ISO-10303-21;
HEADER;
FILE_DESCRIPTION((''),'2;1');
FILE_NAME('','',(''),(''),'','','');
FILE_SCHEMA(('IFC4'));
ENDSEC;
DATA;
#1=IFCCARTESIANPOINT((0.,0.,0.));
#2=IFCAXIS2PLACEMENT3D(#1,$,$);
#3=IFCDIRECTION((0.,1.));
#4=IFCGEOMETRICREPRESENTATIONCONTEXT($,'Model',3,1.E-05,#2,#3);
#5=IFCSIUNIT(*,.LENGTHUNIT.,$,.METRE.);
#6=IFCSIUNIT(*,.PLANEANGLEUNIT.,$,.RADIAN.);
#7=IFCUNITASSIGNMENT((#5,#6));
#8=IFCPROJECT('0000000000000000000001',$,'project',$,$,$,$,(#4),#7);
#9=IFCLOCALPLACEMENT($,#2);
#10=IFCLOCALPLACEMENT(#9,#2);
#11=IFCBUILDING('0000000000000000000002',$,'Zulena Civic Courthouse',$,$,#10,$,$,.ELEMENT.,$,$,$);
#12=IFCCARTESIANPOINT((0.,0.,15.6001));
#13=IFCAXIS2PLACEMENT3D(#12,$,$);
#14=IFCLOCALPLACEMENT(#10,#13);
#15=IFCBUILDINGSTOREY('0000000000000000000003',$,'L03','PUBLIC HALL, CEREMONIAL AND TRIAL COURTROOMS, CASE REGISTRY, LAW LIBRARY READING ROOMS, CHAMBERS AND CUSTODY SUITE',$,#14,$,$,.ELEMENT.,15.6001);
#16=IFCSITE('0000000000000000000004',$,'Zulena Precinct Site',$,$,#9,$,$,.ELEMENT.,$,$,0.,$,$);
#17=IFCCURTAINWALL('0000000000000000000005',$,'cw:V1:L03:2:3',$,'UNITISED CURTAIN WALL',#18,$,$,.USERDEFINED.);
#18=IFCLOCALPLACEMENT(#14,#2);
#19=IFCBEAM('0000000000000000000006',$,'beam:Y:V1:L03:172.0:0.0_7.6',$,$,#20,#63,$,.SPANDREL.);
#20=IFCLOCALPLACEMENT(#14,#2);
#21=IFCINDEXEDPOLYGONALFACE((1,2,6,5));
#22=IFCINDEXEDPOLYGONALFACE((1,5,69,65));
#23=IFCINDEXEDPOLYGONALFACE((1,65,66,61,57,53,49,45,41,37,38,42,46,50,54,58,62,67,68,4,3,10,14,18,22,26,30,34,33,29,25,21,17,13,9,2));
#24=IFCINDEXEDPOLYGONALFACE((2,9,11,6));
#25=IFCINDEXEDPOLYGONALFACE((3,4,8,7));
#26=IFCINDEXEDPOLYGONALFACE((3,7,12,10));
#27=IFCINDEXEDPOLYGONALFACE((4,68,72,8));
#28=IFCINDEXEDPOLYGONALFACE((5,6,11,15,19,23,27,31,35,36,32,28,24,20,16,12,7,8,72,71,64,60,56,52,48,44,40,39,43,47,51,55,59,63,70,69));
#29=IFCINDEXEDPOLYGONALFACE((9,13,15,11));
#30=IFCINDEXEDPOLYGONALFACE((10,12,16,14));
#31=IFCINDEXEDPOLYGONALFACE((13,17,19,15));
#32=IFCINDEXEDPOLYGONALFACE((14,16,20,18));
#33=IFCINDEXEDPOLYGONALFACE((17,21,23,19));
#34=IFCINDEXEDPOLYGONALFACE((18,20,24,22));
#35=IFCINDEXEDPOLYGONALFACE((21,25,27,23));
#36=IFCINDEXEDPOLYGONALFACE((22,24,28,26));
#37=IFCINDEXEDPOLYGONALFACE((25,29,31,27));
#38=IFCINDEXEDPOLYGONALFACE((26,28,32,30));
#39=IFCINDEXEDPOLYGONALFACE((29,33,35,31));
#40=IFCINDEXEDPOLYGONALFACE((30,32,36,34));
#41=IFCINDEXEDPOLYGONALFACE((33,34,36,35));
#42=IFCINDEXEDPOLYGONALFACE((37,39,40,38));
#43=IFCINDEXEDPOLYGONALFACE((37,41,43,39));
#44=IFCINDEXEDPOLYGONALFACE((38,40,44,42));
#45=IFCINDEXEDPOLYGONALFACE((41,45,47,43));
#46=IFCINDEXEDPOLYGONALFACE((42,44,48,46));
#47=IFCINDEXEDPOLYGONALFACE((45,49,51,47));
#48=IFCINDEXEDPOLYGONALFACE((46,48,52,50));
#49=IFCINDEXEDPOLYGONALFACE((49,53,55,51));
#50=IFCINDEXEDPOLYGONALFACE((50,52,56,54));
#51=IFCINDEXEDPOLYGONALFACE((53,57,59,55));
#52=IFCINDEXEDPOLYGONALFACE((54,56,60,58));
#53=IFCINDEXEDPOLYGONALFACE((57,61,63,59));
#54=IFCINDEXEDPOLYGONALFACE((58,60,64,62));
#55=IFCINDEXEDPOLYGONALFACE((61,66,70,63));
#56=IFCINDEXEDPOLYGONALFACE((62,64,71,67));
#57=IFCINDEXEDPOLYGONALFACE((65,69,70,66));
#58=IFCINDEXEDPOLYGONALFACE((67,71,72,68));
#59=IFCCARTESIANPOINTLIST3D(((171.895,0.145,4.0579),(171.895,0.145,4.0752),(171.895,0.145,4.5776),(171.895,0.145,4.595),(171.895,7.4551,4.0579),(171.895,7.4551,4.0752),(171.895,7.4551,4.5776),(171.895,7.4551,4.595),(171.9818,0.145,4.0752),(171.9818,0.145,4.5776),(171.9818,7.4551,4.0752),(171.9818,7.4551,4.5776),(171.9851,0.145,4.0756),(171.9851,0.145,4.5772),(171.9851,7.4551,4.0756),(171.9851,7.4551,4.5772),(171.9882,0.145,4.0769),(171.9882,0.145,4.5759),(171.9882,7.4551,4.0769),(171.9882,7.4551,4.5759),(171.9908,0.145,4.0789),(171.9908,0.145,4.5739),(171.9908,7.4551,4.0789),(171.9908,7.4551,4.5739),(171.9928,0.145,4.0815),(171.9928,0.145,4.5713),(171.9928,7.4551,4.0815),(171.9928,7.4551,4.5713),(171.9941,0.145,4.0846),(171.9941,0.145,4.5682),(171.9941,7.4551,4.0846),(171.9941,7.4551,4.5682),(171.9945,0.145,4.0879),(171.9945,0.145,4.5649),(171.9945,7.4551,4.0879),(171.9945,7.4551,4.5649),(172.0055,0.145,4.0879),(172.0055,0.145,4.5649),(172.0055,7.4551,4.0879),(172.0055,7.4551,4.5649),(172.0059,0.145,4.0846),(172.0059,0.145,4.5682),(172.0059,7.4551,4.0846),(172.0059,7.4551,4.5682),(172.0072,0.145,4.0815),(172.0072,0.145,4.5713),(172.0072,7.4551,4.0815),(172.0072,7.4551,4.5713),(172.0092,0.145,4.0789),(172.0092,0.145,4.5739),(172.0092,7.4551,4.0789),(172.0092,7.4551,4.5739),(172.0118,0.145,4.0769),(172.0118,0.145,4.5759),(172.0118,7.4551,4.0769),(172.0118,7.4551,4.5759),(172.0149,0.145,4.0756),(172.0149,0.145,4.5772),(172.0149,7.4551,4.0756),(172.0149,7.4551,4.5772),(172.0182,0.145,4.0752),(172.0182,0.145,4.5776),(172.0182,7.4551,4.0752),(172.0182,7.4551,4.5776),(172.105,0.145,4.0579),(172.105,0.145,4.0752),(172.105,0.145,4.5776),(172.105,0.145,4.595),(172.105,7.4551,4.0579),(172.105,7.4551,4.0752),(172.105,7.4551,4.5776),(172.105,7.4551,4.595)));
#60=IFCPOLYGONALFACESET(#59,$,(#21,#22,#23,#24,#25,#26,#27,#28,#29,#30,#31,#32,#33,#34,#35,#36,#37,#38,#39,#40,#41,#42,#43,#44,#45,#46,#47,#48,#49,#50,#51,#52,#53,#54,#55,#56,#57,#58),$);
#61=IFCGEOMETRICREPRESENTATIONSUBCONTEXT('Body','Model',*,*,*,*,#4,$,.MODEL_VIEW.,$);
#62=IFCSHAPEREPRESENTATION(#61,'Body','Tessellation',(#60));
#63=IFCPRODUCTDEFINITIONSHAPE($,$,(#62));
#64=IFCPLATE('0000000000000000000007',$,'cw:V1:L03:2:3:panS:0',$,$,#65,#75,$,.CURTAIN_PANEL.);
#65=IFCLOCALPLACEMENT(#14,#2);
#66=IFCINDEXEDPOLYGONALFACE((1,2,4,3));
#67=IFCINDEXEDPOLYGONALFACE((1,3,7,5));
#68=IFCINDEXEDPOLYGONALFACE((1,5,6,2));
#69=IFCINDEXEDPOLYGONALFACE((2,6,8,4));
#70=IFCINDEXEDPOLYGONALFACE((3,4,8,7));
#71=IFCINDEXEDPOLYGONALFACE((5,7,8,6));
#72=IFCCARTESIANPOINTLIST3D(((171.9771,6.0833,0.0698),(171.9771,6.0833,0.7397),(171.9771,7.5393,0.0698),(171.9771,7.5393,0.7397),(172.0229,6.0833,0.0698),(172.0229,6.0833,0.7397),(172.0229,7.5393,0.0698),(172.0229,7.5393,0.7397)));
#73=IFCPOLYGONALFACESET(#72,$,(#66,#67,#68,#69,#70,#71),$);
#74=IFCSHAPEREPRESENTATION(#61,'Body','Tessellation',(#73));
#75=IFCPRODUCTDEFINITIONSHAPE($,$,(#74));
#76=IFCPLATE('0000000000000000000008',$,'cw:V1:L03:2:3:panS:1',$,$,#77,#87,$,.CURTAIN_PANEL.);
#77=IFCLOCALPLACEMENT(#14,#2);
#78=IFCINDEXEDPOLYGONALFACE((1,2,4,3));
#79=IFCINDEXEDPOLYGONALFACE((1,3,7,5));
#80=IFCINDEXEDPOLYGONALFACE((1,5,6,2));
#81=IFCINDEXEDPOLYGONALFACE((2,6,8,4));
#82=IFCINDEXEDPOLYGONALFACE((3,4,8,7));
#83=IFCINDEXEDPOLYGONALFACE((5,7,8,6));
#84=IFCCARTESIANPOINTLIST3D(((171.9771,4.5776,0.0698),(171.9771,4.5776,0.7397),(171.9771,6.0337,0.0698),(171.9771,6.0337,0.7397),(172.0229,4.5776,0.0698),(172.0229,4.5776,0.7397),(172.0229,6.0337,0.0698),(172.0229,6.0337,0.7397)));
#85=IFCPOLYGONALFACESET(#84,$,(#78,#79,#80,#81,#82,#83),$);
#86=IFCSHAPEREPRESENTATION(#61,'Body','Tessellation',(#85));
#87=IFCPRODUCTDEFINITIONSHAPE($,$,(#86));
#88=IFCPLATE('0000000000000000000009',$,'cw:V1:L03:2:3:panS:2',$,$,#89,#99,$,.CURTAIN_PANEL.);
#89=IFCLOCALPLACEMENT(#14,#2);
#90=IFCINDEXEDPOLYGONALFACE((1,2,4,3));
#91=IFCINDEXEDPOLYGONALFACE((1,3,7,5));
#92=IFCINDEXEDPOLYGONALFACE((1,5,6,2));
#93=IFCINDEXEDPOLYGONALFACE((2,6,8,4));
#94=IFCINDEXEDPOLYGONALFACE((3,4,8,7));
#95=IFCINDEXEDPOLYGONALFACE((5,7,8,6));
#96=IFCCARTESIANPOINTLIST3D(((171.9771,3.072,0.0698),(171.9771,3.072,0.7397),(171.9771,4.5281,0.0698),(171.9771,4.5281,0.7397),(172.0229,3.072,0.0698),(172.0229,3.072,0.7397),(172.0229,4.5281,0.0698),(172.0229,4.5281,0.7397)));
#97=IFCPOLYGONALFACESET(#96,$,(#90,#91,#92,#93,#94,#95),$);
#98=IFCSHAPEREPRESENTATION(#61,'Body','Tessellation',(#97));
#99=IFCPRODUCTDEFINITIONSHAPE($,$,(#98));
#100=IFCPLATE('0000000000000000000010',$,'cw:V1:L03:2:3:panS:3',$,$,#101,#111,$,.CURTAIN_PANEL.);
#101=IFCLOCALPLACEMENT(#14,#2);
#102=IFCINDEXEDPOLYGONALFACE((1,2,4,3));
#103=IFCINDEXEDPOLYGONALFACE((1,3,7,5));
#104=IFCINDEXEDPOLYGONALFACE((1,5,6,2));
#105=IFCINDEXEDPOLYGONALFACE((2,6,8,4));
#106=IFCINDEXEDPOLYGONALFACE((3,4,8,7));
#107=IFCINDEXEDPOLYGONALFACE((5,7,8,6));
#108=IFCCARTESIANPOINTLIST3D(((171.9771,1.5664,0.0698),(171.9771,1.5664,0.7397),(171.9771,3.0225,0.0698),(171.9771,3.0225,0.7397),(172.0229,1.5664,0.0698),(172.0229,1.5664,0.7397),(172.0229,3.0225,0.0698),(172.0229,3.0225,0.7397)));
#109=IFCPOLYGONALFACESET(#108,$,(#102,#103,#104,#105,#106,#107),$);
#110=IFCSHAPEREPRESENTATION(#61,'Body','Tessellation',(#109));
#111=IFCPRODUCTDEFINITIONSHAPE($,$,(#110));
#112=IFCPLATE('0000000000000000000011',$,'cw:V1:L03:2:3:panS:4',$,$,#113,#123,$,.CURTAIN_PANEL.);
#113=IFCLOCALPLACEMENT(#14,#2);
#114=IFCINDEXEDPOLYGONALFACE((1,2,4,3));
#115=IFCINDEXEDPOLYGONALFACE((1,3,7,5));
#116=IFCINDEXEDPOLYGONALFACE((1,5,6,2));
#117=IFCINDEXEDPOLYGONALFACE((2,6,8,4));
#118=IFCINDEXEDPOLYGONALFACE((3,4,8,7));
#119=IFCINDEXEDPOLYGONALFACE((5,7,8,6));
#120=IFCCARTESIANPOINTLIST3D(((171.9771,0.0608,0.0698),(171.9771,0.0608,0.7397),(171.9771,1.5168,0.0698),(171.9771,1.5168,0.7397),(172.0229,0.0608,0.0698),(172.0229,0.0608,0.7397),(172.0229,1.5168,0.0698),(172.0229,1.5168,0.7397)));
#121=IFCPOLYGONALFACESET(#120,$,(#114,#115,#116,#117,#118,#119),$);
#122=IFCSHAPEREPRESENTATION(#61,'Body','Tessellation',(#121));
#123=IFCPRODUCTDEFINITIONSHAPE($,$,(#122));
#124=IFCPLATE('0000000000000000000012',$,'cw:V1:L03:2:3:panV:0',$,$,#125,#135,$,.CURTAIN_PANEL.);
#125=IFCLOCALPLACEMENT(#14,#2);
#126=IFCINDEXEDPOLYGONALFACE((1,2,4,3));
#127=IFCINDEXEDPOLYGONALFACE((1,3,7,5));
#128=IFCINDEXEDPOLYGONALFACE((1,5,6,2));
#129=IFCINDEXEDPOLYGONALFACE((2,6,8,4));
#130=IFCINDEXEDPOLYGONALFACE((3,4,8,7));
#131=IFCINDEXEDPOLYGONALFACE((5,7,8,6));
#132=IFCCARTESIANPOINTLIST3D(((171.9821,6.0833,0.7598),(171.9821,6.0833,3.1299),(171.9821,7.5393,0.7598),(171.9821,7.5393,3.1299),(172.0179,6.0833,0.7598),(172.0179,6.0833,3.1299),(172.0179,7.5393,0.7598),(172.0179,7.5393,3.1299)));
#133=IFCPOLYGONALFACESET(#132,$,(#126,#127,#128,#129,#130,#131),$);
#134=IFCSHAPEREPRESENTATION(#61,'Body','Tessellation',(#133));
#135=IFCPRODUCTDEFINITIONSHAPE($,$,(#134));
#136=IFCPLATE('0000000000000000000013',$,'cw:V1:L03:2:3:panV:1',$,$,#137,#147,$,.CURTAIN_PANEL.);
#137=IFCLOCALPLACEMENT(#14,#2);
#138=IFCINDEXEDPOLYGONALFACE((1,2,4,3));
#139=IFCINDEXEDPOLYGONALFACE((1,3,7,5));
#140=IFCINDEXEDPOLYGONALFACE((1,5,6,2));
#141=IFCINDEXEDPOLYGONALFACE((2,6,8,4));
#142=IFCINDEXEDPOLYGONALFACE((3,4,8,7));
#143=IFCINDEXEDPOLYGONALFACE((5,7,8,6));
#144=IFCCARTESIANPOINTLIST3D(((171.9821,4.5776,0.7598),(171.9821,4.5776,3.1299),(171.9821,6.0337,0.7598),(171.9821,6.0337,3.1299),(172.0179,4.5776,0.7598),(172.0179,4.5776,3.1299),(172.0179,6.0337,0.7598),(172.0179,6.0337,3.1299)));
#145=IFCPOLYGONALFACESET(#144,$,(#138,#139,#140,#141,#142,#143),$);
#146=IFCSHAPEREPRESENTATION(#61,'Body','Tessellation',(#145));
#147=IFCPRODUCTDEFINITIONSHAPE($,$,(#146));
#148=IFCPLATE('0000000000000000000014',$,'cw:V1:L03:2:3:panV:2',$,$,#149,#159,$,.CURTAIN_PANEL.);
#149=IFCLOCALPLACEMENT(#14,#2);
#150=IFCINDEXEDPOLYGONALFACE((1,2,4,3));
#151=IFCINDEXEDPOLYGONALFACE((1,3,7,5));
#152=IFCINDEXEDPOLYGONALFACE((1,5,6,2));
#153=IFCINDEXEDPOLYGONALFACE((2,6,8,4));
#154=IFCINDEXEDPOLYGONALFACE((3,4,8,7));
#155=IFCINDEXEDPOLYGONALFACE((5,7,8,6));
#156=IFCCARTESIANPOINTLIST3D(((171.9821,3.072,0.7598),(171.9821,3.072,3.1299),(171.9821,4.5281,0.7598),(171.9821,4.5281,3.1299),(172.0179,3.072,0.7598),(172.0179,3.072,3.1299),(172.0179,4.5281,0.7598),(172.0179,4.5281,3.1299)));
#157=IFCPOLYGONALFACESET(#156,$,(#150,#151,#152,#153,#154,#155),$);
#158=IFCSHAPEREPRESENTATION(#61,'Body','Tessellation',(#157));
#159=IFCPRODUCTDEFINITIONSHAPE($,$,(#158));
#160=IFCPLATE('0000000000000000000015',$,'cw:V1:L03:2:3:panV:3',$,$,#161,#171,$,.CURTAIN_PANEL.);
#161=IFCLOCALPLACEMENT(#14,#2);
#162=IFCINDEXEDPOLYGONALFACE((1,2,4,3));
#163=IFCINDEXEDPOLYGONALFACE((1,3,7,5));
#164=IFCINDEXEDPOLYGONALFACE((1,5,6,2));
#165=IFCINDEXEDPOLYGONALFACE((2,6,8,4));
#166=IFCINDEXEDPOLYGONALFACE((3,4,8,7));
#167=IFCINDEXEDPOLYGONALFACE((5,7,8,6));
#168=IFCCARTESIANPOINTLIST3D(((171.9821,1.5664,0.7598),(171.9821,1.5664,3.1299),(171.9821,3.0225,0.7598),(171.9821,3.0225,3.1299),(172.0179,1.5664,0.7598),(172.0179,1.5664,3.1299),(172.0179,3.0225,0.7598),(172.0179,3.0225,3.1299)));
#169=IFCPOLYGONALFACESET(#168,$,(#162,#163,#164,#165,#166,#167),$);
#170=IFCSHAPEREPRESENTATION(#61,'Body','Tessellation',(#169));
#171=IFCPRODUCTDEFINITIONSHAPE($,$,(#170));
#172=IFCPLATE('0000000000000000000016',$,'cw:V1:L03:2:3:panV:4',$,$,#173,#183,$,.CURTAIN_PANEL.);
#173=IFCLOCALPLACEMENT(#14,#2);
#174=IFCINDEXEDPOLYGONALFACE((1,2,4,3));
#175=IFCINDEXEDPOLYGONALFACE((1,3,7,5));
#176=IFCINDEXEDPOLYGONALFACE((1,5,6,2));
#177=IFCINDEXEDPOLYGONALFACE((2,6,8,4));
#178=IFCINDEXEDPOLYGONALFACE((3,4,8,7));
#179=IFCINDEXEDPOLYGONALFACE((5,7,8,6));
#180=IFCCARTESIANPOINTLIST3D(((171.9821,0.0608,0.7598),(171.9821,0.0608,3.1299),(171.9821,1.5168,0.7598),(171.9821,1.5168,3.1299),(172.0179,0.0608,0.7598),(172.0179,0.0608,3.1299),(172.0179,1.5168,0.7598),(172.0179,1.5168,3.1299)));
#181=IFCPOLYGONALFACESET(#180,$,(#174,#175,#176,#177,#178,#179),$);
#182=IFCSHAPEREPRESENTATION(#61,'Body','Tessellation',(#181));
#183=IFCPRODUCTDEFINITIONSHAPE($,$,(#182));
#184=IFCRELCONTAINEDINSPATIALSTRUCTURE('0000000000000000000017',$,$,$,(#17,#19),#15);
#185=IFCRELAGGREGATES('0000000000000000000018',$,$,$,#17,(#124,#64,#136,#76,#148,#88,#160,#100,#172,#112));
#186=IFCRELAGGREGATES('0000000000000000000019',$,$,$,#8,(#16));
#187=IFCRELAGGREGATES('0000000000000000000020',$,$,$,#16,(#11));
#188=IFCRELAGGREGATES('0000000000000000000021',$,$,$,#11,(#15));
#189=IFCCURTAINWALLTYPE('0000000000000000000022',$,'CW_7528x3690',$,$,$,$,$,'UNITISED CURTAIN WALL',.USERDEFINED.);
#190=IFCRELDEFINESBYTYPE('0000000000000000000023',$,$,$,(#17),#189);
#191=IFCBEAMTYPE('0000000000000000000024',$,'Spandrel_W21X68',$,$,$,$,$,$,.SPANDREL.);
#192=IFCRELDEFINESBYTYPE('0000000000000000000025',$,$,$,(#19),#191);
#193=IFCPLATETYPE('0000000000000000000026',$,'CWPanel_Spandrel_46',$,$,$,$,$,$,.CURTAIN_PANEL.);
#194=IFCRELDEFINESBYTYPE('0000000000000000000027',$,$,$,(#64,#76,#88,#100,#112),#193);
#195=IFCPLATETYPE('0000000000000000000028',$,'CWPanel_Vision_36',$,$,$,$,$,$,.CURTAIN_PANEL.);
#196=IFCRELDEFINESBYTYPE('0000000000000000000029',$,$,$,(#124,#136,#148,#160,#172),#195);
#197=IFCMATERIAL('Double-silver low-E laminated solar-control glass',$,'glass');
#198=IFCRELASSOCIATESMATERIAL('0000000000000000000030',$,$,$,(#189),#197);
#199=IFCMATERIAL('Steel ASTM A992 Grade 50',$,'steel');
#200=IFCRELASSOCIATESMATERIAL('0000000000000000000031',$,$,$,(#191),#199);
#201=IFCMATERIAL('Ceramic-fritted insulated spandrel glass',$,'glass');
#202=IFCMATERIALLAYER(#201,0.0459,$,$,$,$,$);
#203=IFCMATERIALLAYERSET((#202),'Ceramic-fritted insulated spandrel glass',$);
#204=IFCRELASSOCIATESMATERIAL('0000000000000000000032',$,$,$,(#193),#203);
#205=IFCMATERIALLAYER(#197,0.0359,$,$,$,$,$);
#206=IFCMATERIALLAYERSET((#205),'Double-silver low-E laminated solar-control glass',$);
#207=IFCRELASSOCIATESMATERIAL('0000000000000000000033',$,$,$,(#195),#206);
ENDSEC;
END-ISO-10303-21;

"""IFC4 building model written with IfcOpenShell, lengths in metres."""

from ifc_helpers import new_model, si_unit, direction, frame, origin, origin_2d, place, context, subcontext, project, spatial, rectangle, i_section, extrude, material, layer, layer_set, material_profile, profile_set, type_object, element, aggregate, save


model = new_model("IFC4")

# Units and contexts
model_context = context("Model", 3, precision=1e-05, world=origin(), true_north=direction((0.0, 1.0)))
body_context = subcontext(model_context, "Body", "Model", "MODEL_VIEW")
ifc_project = project(units=[si_unit("LENGTHUNIT", "METRE"), si_unit("PLANEANGLEUNIT", "RADIAN")], contexts=[model_context])

# Site, building, storey
site_placement = place(None, origin())
site = spatial("IfcSite", under=ifc_project, at=site_placement, Name="Zulena Precinct Site", CompositionType="ELEMENT", RefElevation=0.0)
building_placement = place(site_placement, origin())
building = spatial("IfcBuilding", under=site, at=building_placement, Name="Zulena Civic Courthouse", CompositionType="ELEMENT")
storey_placement = place(building_placement, frame((0.0, 0.0, 15.6001)))
storey = spatial("IfcBuildingStorey", under=building, at=storey_placement, Name="L03", Description="PUBLIC HALL, CEREMONIAL AND TRIAL COURTROOMS, CASE REGISTRY, LAW LIBRARY READING ROOMS, CHAMBERS AND CUSTODY SUITE", CompositionType="ELEMENT", Elevation=15.6001)

# Shared definitions
ifc_material_1 = material(Name="Steel ASTM A992 Grade 50", Category="steel")

# Curtain wall
ifc_material_2 = material(Name="Double-silver low-E laminated solar-control glass", Category="glass")
curtain_wall_type_1 = type_object("IfcCurtainWallType", Name="CW_7528x3690", ElementType="UNITISED CURTAIN WALL", PredefinedType="USERDEFINED", material=ifc_material_2)
curtain_wall_1_placement = place(storey_placement, origin())
curtain_wall_1 = element("IfcCurtainWall", 1, at=curtain_wall_1_placement, inside=storey, type_object=curtain_wall_type_1, Name="cw:V1:L03:2:3", ObjectType="UNITISED CURTAIN WALL", PredefinedType="USERDEFINED")

# Beam
ifc_material_profile_1 = material_profile(ifc_material_1, i_section(OverallWidth=0.21, OverallDepth=0.5371, WebThickness=0.011, FlangeThickness=0.0173, FilletRadius=0.0127, at=origin_2d()), Name="W21X68")
ifc_profile_set_1 = profile_set([ifc_material_profile_1], Name="Steel ASTM A992 Grade 50")
beam_type = type_object("IfcBeamType", Name="Spandrel_W21X68", PredefinedType="SPANDREL", material=ifc_profile_set_1)
for number, where, z_axis, x_axis, name in (
    (2, (172.0, 0.145, 4.3264), (0.0, 1.0, 0.0), (-1.0, 0.0, 0.0), "beam:Y:V1:L03:172.0:0.0_7.6"),
):
    element("IfcBeam", number, at=place(storey_placement, frame(where, z_axis=z_axis, x_axis=x_axis)), inside=storey, type_object=beam_type, Name=name, PredefinedType="SPANDREL", context=body_context, shape_type="SweptSolid", body=[
        extrude(i_section(OverallWidth=0.21, OverallDepth=0.5371, WebThickness=0.011, FlangeThickness=0.0173, FilletRadius=0.0127, at=origin_2d()), origin(), (0.0, 0.0, 1.0), 7.3101),
    ])

# Plates
ifc_material_3 = material(Name="Ceramic-fritted insulated spandrel glass", Category="glass")
ifc_layer_1 = layer(ifc_material_3, 0.0459)
ifc_layer_set_1 = layer_set([ifc_layer_1], Name="Ceramic-fritted insulated spandrel glass")
plate_type_1 = type_object("IfcPlateType", Name="CWPanel_Spandrel_46", PredefinedType="CURTAIN_PANEL", material=ifc_layer_set_1)
plate_1_placement = place(storey_placement, frame((172.0, 6.8113, 0.0698), z_axis=(0.0, 0.0, 1.0), x_axis=(0.0, -1.0, 0.0)))
plate_1 = element("IfcPlate", 3, at=plate_1_placement, type_object=plate_type_1, Name="cw:V1:L03:2:3:panS:0", PredefinedType="CURTAIN_PANEL", context=body_context, shape_type="SweptSolid", body=[
    extrude(rectangle(XDim=1.4561, YDim=0.0459, at=origin_2d()), origin(), (0.0, 0.0, 1.0), 0.6699),
])
plate_2_placement = place(storey_placement, frame((172.0, 5.3057, 0.0698), z_axis=(0.0, 0.0, 1.0), x_axis=(0.0, -1.0, 0.0)))
plate_2 = element("IfcPlate", 4, at=plate_2_placement, type_object=plate_type_1, Name="cw:V1:L03:2:3:panS:1", PredefinedType="CURTAIN_PANEL", context=body_context, shape_type="SweptSolid", body=[
    extrude(rectangle(XDim=1.4561, YDim=0.0459, at=origin_2d()), origin(), (0.0, 0.0, 1.0), 0.6699),
])
plate_3_placement = place(storey_placement, frame((172.0, 3.8, 0.0698), z_axis=(0.0, 0.0, 1.0), x_axis=(0.0, -1.0, 0.0)))
plate_3 = element("IfcPlate", 5, at=plate_3_placement, type_object=plate_type_1, Name="cw:V1:L03:2:3:panS:2", PredefinedType="CURTAIN_PANEL", context=body_context, shape_type="SweptSolid", body=[
    extrude(rectangle(XDim=1.4561, YDim=0.0459, at=origin_2d()), origin(), (0.0, 0.0, 1.0), 0.6699),
])
plate_4_placement = place(storey_placement, frame((172.0, 2.2944, 0.0698), z_axis=(0.0, 0.0, 1.0), x_axis=(0.0, -1.0, 0.0)))
plate_4 = element("IfcPlate", 6, at=plate_4_placement, type_object=plate_type_1, Name="cw:V1:L03:2:3:panS:3", PredefinedType="CURTAIN_PANEL", context=body_context, shape_type="SweptSolid", body=[
    extrude(rectangle(XDim=1.4561, YDim=0.0459, at=origin_2d()), origin(), (0.0, 0.0, 1.0), 0.6699),
])
plate_5_placement = place(storey_placement, frame((172.0, 0.7888, 0.0698), z_axis=(0.0, 0.0, 1.0), x_axis=(0.0, -1.0, 0.0)))
plate_5 = element("IfcPlate", 7, at=plate_5_placement, type_object=plate_type_1, Name="cw:V1:L03:2:3:panS:4", PredefinedType="CURTAIN_PANEL", context=body_context, shape_type="SweptSolid", body=[
    extrude(rectangle(XDim=1.4561, YDim=0.0459, at=origin_2d()), origin(), (0.0, 0.0, 1.0), 0.6699),
])
ifc_layer_2 = layer(ifc_material_2, 0.0359)
ifc_layer_set_2 = layer_set([ifc_layer_2], Name="Double-silver low-E laminated solar-control glass")
plate_type_2 = type_object("IfcPlateType", Name="CWPanel_Vision_36", PredefinedType="CURTAIN_PANEL", material=ifc_layer_set_2)
plate_6_placement = place(storey_placement, frame((172.0, 6.8113, 0.7598), z_axis=(0.0, 0.0, 1.0), x_axis=(0.0, -1.0, 0.0)))
plate_6 = element("IfcPlate", 8, at=plate_6_placement, type_object=plate_type_2, Name="cw:V1:L03:2:3:panV:0", PredefinedType="CURTAIN_PANEL", context=body_context, shape_type="SweptSolid", body=[
    extrude(rectangle(XDim=1.4561, YDim=0.0359, at=origin_2d()), origin(), (0.0, 0.0, 1.0), 2.3701),
])
plate_7_placement = place(storey_placement, frame((172.0, 5.3057, 0.7598), z_axis=(0.0, 0.0, 1.0), x_axis=(0.0, -1.0, 0.0)))
plate_7 = element("IfcPlate", 9, at=plate_7_placement, type_object=plate_type_2, Name="cw:V1:L03:2:3:panV:1", PredefinedType="CURTAIN_PANEL", context=body_context, shape_type="SweptSolid", body=[
    extrude(rectangle(XDim=1.4561, YDim=0.0359, at=origin_2d()), origin(), (0.0, 0.0, 1.0), 2.3701),
])
plate_8_placement = place(storey_placement, frame((172.0, 3.8, 0.7598), z_axis=(0.0, 0.0, 1.0), x_axis=(0.0, -1.0, 0.0)))
plate_8 = element("IfcPlate", 10, at=plate_8_placement, type_object=plate_type_2, Name="cw:V1:L03:2:3:panV:2", PredefinedType="CURTAIN_PANEL", context=body_context, shape_type="SweptSolid", body=[
    extrude(rectangle(XDim=1.4561, YDim=0.0359, at=origin_2d()), origin(), (0.0, 0.0, 1.0), 2.3701),
])
plate_9_placement = place(storey_placement, frame((172.0, 2.2944, 0.7598), z_axis=(0.0, 0.0, 1.0), x_axis=(0.0, -1.0, 0.0)))
plate_9 = element("IfcPlate", 11, at=plate_9_placement, type_object=plate_type_2, Name="cw:V1:L03:2:3:panV:3", PredefinedType="CURTAIN_PANEL", context=body_context, shape_type="SweptSolid", body=[
    extrude(rectangle(XDim=1.4561, YDim=0.0359, at=origin_2d()), origin(), (0.0, 0.0, 1.0), 2.3701),
])
plate_10_placement = place(storey_placement, frame((172.0, 0.7888, 0.7598), z_axis=(0.0, 0.0, 1.0), x_axis=(0.0, -1.0, 0.0)))
plate_10 = element("IfcPlate", 12, at=plate_10_placement, type_object=plate_type_2, Name="cw:V1:L03:2:3:panV:4", PredefinedType="CURTAIN_PANEL", context=body_context, shape_type="SweptSolid", body=[
    extrude(rectangle(XDim=1.4561, YDim=0.0359, at=origin_2d()), origin(), (0.0, 0.0, 1.0), 2.3701),
])
aggregate(curtain_wall_1, [plate_6, plate_1, plate_7, plate_2, plate_8, plate_3, plate_9, plate_4, plate_10, plate_5])

save(model, "model.ifc")
